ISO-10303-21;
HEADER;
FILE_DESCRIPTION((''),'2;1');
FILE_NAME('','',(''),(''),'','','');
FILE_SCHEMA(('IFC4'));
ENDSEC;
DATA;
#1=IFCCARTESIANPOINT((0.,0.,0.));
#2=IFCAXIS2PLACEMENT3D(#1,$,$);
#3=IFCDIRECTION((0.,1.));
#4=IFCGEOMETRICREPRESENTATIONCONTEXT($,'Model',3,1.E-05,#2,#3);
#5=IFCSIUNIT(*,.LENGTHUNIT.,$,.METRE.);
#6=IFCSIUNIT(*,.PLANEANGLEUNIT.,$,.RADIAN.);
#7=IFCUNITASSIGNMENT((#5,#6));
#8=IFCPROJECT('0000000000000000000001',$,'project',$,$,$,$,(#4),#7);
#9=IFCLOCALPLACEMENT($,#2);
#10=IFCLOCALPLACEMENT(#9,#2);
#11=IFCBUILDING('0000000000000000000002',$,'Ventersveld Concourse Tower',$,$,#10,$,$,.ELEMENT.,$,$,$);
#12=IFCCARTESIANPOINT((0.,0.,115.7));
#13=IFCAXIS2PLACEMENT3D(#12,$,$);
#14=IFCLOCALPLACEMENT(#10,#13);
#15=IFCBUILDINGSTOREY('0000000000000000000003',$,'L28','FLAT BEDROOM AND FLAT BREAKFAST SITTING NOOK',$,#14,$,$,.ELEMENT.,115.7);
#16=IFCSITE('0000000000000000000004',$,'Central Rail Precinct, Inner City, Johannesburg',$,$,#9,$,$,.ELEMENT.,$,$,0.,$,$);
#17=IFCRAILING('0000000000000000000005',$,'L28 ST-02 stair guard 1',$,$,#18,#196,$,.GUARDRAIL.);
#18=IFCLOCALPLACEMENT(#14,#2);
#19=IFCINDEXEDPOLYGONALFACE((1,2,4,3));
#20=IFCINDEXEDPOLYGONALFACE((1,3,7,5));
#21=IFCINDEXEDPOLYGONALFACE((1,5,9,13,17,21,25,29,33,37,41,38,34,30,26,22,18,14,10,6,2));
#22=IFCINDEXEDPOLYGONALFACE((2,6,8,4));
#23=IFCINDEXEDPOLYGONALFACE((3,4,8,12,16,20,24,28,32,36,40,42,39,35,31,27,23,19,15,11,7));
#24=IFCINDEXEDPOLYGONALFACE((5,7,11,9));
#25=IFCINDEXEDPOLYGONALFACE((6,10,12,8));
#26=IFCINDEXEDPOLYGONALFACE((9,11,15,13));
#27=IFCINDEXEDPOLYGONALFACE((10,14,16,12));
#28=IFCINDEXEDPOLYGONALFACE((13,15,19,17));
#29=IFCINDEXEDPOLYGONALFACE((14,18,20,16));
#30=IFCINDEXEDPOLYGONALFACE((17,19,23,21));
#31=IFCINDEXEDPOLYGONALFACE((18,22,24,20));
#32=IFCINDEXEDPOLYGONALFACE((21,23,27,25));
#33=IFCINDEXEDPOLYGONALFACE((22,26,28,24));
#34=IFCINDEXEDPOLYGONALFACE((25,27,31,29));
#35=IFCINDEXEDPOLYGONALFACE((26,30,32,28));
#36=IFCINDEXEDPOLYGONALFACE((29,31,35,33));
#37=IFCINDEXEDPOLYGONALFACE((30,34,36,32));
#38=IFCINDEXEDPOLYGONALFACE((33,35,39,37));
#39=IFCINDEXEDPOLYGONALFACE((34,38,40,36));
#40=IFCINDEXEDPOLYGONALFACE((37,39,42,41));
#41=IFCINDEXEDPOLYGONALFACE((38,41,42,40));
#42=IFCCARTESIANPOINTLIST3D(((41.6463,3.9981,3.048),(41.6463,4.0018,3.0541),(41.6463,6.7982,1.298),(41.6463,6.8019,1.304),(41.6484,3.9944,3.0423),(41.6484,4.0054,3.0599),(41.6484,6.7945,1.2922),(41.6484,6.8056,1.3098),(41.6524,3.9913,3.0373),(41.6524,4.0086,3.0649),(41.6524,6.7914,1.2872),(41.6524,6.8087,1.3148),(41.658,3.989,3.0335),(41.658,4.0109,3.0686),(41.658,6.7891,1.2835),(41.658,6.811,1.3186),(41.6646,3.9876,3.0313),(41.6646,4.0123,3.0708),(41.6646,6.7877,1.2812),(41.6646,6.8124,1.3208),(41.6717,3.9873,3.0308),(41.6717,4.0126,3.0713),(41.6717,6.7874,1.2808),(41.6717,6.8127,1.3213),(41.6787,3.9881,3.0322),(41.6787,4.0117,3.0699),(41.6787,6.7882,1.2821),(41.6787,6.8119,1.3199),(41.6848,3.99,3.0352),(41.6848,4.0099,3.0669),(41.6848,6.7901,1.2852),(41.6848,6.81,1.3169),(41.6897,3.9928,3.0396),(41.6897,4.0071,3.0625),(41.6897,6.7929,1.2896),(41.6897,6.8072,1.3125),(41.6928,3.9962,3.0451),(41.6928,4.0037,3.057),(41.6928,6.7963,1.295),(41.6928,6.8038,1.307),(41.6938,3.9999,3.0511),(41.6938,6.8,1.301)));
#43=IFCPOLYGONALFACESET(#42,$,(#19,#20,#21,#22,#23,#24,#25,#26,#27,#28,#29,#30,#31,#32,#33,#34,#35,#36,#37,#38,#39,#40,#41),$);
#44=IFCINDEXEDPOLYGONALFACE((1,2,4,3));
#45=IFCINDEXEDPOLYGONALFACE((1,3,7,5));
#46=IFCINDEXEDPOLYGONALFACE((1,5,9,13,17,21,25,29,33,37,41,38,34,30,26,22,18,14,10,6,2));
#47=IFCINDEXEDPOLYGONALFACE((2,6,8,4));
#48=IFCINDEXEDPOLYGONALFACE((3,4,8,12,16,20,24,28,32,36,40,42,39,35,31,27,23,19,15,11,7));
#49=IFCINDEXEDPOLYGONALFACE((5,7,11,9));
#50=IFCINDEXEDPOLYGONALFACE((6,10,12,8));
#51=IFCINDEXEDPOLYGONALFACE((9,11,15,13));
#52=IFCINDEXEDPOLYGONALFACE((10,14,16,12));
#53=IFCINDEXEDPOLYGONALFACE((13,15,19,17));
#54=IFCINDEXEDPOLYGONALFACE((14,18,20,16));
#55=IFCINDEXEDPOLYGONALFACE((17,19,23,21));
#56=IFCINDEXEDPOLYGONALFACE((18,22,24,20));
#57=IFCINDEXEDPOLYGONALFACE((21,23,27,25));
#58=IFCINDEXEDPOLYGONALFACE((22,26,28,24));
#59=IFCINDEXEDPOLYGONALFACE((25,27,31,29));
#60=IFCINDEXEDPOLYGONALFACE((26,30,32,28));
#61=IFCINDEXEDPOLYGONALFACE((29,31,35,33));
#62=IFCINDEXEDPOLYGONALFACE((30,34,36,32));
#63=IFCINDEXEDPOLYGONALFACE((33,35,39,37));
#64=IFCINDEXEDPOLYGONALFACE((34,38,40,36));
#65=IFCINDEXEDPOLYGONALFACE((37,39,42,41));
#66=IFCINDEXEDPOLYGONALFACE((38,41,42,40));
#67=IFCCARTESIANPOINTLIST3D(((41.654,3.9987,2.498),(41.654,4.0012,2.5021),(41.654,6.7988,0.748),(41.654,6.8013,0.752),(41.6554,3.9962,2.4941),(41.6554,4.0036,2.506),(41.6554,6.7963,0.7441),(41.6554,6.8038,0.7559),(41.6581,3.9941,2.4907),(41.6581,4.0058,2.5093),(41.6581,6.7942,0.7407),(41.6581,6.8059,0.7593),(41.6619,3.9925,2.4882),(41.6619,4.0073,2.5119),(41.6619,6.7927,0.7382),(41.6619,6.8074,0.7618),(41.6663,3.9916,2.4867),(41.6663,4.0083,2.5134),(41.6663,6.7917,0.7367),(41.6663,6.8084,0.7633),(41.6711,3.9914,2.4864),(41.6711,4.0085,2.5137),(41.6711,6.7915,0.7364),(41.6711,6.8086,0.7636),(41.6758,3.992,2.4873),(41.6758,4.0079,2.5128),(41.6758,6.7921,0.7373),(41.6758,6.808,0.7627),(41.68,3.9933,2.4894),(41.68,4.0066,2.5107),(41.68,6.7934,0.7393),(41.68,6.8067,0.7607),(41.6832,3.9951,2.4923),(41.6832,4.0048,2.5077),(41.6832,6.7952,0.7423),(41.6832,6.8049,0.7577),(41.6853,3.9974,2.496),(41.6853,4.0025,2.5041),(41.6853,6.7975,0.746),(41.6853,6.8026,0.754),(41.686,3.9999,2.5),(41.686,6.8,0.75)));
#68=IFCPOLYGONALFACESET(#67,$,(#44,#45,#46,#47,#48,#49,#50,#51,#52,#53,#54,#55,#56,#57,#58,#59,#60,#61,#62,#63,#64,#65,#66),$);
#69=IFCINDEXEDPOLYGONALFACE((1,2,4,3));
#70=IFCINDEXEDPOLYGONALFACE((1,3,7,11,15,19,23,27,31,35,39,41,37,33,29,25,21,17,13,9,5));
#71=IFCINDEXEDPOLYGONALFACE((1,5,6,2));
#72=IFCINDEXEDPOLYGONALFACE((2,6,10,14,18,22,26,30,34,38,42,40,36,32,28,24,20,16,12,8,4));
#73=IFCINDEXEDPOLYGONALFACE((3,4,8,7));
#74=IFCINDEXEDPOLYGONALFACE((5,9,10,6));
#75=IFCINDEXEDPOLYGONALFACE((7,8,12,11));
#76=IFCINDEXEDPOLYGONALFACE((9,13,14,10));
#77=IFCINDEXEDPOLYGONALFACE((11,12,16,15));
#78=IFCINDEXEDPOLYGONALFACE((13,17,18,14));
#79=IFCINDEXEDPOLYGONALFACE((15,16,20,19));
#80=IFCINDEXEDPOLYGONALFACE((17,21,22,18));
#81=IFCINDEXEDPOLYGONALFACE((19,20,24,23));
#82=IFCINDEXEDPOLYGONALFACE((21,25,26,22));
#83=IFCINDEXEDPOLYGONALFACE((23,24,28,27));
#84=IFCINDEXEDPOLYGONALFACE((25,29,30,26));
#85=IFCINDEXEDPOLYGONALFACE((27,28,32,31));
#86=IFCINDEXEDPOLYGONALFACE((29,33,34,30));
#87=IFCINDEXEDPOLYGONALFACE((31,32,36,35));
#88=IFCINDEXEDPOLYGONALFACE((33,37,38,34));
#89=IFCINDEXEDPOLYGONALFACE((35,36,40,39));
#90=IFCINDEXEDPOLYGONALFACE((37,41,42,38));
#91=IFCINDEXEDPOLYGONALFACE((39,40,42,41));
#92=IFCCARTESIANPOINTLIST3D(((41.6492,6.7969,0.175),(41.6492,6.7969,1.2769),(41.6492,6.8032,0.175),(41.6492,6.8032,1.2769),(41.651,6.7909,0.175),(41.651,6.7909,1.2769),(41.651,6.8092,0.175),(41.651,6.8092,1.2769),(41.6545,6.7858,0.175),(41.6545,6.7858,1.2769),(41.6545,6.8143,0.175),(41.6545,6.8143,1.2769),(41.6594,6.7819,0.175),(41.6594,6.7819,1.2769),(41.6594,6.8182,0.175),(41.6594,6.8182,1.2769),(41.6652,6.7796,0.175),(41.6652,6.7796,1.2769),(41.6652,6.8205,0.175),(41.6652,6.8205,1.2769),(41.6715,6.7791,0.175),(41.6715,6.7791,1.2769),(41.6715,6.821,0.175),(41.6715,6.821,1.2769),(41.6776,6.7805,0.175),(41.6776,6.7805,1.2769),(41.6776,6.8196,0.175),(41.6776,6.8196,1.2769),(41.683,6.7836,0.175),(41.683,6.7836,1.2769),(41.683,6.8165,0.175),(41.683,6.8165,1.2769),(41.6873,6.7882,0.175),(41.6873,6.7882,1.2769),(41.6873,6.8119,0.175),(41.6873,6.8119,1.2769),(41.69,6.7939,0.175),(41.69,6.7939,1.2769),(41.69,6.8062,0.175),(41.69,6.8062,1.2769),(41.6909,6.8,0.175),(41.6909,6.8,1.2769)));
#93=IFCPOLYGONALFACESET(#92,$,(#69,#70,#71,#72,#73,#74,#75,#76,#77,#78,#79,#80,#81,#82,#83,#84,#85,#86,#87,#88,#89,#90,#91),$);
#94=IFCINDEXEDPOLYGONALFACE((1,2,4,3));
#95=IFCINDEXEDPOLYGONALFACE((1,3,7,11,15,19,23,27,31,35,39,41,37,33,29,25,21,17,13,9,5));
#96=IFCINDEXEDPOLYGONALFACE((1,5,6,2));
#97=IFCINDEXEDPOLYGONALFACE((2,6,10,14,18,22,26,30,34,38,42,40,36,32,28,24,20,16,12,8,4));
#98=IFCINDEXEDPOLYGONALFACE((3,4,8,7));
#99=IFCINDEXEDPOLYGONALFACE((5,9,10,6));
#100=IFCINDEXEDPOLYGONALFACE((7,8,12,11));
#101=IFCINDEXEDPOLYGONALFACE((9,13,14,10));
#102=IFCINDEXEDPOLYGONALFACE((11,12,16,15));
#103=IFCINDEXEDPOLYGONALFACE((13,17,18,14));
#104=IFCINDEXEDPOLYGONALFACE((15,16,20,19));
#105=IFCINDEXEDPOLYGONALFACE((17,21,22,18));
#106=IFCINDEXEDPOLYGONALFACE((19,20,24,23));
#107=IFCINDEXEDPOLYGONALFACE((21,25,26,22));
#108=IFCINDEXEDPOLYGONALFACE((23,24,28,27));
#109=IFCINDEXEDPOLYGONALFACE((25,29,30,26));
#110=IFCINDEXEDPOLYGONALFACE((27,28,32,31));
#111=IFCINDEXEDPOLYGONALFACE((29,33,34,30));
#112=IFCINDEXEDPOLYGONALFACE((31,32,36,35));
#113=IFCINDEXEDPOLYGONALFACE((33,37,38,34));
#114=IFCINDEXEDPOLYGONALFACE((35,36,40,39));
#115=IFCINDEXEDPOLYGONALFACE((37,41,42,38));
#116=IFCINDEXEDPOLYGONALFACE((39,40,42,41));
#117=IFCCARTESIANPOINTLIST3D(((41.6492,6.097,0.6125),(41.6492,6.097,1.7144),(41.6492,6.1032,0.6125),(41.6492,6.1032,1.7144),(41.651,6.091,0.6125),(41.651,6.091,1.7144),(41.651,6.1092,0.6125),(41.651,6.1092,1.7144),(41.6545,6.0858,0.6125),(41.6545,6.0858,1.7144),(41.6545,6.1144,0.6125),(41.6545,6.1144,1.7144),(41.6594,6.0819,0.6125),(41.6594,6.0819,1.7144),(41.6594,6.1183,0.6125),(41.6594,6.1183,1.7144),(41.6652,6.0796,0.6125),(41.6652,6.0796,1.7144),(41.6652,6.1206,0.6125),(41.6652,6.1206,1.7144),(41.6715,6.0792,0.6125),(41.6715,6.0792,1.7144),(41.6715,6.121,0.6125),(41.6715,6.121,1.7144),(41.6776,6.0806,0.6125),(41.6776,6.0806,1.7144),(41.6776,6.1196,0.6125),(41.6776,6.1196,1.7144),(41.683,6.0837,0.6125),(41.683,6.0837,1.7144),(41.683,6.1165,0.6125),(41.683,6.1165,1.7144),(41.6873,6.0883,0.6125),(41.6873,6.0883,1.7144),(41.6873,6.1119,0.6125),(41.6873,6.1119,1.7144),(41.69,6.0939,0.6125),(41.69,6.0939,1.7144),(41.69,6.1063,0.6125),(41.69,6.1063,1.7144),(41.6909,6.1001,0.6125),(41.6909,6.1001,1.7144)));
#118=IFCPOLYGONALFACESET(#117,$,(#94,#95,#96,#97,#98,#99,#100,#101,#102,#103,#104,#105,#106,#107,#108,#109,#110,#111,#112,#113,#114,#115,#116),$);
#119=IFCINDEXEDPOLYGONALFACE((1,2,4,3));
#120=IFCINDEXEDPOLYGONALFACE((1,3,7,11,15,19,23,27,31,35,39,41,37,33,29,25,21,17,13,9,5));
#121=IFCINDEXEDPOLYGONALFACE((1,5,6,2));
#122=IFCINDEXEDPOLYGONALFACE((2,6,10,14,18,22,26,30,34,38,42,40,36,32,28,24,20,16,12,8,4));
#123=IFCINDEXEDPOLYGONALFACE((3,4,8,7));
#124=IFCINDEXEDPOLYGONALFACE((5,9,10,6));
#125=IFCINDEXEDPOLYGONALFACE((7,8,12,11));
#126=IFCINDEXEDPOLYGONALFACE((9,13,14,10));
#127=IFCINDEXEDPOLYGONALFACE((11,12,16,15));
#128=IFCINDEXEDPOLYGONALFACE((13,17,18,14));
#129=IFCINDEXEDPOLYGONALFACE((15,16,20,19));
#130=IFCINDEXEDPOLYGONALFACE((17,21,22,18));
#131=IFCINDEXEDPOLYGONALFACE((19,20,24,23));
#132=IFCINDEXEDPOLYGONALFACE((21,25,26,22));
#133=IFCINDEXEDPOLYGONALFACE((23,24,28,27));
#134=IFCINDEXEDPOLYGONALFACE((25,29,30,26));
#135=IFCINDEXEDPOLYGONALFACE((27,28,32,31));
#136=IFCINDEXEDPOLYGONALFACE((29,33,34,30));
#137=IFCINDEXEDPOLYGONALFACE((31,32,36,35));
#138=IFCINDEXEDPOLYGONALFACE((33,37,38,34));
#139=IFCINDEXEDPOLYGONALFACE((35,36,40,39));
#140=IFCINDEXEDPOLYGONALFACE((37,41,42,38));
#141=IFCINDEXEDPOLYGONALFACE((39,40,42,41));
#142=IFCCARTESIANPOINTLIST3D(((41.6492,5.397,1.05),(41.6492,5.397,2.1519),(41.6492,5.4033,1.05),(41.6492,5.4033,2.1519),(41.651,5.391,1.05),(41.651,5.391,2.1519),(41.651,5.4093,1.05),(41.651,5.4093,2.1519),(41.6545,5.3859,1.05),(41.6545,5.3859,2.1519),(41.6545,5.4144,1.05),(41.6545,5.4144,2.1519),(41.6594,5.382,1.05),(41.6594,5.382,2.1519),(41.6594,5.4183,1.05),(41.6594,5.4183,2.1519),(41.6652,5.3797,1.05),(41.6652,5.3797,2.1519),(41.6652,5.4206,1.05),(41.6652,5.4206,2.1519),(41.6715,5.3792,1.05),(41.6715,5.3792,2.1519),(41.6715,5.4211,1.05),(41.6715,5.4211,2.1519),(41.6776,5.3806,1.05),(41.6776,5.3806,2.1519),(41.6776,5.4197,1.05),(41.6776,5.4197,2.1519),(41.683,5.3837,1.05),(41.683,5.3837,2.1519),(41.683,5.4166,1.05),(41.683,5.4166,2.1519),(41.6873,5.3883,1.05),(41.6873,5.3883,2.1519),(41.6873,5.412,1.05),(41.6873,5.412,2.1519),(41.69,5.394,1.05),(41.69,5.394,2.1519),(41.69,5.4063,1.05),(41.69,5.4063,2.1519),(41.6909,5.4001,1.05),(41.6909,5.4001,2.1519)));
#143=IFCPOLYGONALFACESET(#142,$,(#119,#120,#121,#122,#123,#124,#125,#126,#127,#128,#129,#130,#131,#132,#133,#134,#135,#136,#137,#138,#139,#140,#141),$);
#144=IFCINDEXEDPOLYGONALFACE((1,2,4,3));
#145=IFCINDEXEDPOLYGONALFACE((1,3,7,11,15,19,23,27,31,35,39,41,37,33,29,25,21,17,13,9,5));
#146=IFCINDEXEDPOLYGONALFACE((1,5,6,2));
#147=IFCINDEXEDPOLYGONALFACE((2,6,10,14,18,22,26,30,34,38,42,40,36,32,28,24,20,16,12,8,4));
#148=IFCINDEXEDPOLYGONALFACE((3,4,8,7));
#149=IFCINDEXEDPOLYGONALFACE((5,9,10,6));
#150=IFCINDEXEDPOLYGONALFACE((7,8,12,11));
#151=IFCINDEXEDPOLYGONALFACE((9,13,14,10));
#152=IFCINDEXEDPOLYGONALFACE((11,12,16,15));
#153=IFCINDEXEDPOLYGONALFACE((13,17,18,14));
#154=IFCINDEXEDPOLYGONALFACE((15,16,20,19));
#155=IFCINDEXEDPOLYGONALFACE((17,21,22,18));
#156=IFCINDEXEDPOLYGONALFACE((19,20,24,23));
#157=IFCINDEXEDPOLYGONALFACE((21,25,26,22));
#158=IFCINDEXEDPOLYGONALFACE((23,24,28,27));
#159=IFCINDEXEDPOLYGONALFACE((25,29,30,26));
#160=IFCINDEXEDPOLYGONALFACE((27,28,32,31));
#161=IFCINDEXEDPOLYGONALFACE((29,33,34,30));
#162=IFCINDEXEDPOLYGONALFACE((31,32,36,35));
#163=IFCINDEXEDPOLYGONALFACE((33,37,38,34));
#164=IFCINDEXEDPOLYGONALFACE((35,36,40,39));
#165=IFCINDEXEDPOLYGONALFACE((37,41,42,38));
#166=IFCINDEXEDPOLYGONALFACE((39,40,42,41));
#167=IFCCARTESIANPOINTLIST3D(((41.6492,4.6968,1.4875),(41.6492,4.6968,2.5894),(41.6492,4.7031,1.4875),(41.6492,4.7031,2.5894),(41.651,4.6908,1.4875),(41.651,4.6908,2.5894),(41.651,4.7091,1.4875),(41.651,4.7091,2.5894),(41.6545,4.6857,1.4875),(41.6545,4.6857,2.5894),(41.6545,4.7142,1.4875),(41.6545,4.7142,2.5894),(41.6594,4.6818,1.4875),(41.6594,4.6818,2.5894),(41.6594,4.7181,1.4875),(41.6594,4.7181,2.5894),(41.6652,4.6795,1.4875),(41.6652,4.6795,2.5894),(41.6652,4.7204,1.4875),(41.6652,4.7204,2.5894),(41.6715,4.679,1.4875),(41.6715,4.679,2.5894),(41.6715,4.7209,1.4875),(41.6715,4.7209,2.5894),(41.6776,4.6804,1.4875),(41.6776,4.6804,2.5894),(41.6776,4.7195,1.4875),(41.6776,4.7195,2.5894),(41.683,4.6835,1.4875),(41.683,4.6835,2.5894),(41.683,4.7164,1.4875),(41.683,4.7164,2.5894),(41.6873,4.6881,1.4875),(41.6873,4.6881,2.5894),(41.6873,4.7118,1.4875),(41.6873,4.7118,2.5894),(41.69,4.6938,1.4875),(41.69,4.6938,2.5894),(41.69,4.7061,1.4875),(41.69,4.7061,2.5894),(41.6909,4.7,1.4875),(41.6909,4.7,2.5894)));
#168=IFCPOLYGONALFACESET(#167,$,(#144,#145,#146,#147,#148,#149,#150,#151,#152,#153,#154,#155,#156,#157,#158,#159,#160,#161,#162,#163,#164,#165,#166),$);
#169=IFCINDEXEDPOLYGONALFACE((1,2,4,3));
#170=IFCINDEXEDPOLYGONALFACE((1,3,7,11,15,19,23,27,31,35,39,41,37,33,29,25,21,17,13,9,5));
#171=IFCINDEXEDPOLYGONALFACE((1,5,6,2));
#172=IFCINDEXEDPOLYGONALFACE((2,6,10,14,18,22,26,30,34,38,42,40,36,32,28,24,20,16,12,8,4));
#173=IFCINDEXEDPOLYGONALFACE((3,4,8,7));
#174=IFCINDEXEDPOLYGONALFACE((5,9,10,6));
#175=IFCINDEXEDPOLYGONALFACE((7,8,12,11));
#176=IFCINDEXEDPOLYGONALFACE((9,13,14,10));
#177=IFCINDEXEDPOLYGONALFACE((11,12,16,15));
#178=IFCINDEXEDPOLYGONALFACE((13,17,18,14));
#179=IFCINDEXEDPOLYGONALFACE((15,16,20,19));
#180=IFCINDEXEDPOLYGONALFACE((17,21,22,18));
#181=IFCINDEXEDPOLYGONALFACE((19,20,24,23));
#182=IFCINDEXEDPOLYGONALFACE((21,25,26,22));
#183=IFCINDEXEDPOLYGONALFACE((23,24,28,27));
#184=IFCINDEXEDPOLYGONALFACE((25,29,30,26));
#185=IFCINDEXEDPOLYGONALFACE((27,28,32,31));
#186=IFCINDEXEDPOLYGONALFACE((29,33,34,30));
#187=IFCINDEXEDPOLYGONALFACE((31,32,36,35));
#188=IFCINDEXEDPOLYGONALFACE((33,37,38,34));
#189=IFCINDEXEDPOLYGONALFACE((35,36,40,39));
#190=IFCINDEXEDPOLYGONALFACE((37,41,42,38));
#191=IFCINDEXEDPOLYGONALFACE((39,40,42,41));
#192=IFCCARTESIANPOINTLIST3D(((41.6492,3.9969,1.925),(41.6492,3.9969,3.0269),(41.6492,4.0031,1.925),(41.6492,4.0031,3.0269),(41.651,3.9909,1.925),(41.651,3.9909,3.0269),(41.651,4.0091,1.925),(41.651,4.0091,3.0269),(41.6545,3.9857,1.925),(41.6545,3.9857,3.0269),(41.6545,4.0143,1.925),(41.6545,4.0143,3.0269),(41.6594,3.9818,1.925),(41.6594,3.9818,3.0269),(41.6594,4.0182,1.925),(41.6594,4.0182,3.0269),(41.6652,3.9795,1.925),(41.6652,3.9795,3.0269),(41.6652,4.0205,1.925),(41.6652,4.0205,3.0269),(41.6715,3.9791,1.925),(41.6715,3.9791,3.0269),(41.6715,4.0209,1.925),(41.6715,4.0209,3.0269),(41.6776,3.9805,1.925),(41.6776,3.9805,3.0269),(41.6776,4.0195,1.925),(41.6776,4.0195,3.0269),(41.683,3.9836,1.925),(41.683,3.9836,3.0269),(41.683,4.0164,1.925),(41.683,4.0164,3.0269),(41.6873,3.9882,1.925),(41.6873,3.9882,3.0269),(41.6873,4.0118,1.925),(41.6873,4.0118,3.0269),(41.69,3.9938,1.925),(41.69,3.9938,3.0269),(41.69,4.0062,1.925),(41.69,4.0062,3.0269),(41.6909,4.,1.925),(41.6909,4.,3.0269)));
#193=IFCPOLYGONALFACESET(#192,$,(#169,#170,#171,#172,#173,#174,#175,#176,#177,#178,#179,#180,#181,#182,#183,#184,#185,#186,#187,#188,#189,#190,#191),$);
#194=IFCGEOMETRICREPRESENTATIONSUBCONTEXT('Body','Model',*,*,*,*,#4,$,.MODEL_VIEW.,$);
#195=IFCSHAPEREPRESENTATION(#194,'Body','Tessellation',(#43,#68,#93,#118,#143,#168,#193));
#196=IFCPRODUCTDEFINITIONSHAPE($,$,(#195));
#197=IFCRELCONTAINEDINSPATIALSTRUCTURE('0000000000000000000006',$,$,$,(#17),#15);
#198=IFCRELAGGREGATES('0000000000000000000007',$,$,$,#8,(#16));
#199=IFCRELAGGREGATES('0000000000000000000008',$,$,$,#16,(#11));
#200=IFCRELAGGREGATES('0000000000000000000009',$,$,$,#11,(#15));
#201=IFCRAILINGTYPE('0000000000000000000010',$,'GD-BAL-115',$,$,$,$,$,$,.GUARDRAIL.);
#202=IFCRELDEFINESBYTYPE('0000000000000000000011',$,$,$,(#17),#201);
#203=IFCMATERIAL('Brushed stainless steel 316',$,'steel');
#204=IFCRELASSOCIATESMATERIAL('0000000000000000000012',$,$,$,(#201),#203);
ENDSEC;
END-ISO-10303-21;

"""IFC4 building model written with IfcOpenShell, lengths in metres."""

from ifc_helpers import new_model, si_unit, direction, frame, origin, origin_2d, place, context, subcontext, project, spatial, circle, extrude, material, type_object, element, save


model = new_model("IFC4")

# Units and contexts
model_context = context("Model", 3, precision=1e-05, world=origin(), true_north=direction((0.0, 1.0)))
body_context = subcontext(model_context, "Body", "Model", "MODEL_VIEW")
ifc_project = project(units=[si_unit("LENGTHUNIT", "METRE"), si_unit("PLANEANGLEUNIT", "RADIAN")], contexts=[model_context])

# Site, building, storey
site_placement = place(None, origin())
site = spatial("IfcSite", under=ifc_project, at=site_placement, Name="Central Rail Precinct, Inner City, Johannesburg", CompositionType="ELEMENT", RefElevation=0.0)
building_placement = place(site_placement, origin())
building = spatial("IfcBuilding", under=site, at=building_placement, Name="Ventersveld Concourse Tower", CompositionType="ELEMENT")
storey_placement = place(building_placement, frame((0.0, 0.0, 115.7)))
storey = spatial("IfcBuildingStorey", under=building, at=storey_placement, Name="L28", Description="FLAT BEDROOM AND FLAT BREAKFAST SITTING NOOK", CompositionType="ELEMENT", Elevation=115.7)

# Shared definitions
ifc_material_1 = material(Name="Brushed stainless steel 316", Category="steel")

# Railing
railing_type_1 = type_object("IfcRailingType", Name="GD-BAL-115", PredefinedType="GUARDRAIL", material=ifc_material_1)
railing_1_placement = place(storey_placement, frame((41.6699, 6.8, 0.175)))
element("IfcRailing", 1, at=railing_1_placement, inside=storey, type_object=railing_type_1, Name="L28 ST-02 stair guard 1", PredefinedType="GUARDRAIL", context=body_context, shape_type="SweptSolid", body=[
    extrude(circle(Radius=0.0239, at=origin_2d()), frame((0.0, 0.0, 1.126), z_axis=(0.0, -0.848002, 0.529992), x_axis=(1.0, 0.0, 0.0)), (0.0, 0.0, 1.0), 3.302),
    extrude(circle(Radius=0.0161, at=origin_2d()), frame((0.0, 0.0, 0.575), z_axis=(0.0, -0.848002, 0.529992), x_axis=(1.0, 0.0, 0.0)), (0.0, 0.0, 1.0), 3.302),
    extrude(circle(Radius=0.021, at=origin_2d()), origin(), (0.0, 0.0, 1.0), 1.1018),
    extrude(circle(Radius=0.021, at=origin_2d()), frame((0.0, -0.7, 0.4375)), (0.0, 0.0, 1.0), 1.1018),
    extrude(circle(Radius=0.021, at=origin_2d()), frame((0.0, -1.3999, 0.875)), (0.0, 0.0, 1.0), 1.1018),
    extrude(circle(Radius=0.021, at=origin_2d()), frame((0.0, -2.1001, 1.3125)), (0.0, 0.0, 1.0), 1.1018),
    extrude(circle(Radius=0.021, at=origin_2d()), frame((0.0, -2.8, 1.75)), (0.0, 0.0, 1.0), 1.1018),
])

save(model, "model.ifc")
